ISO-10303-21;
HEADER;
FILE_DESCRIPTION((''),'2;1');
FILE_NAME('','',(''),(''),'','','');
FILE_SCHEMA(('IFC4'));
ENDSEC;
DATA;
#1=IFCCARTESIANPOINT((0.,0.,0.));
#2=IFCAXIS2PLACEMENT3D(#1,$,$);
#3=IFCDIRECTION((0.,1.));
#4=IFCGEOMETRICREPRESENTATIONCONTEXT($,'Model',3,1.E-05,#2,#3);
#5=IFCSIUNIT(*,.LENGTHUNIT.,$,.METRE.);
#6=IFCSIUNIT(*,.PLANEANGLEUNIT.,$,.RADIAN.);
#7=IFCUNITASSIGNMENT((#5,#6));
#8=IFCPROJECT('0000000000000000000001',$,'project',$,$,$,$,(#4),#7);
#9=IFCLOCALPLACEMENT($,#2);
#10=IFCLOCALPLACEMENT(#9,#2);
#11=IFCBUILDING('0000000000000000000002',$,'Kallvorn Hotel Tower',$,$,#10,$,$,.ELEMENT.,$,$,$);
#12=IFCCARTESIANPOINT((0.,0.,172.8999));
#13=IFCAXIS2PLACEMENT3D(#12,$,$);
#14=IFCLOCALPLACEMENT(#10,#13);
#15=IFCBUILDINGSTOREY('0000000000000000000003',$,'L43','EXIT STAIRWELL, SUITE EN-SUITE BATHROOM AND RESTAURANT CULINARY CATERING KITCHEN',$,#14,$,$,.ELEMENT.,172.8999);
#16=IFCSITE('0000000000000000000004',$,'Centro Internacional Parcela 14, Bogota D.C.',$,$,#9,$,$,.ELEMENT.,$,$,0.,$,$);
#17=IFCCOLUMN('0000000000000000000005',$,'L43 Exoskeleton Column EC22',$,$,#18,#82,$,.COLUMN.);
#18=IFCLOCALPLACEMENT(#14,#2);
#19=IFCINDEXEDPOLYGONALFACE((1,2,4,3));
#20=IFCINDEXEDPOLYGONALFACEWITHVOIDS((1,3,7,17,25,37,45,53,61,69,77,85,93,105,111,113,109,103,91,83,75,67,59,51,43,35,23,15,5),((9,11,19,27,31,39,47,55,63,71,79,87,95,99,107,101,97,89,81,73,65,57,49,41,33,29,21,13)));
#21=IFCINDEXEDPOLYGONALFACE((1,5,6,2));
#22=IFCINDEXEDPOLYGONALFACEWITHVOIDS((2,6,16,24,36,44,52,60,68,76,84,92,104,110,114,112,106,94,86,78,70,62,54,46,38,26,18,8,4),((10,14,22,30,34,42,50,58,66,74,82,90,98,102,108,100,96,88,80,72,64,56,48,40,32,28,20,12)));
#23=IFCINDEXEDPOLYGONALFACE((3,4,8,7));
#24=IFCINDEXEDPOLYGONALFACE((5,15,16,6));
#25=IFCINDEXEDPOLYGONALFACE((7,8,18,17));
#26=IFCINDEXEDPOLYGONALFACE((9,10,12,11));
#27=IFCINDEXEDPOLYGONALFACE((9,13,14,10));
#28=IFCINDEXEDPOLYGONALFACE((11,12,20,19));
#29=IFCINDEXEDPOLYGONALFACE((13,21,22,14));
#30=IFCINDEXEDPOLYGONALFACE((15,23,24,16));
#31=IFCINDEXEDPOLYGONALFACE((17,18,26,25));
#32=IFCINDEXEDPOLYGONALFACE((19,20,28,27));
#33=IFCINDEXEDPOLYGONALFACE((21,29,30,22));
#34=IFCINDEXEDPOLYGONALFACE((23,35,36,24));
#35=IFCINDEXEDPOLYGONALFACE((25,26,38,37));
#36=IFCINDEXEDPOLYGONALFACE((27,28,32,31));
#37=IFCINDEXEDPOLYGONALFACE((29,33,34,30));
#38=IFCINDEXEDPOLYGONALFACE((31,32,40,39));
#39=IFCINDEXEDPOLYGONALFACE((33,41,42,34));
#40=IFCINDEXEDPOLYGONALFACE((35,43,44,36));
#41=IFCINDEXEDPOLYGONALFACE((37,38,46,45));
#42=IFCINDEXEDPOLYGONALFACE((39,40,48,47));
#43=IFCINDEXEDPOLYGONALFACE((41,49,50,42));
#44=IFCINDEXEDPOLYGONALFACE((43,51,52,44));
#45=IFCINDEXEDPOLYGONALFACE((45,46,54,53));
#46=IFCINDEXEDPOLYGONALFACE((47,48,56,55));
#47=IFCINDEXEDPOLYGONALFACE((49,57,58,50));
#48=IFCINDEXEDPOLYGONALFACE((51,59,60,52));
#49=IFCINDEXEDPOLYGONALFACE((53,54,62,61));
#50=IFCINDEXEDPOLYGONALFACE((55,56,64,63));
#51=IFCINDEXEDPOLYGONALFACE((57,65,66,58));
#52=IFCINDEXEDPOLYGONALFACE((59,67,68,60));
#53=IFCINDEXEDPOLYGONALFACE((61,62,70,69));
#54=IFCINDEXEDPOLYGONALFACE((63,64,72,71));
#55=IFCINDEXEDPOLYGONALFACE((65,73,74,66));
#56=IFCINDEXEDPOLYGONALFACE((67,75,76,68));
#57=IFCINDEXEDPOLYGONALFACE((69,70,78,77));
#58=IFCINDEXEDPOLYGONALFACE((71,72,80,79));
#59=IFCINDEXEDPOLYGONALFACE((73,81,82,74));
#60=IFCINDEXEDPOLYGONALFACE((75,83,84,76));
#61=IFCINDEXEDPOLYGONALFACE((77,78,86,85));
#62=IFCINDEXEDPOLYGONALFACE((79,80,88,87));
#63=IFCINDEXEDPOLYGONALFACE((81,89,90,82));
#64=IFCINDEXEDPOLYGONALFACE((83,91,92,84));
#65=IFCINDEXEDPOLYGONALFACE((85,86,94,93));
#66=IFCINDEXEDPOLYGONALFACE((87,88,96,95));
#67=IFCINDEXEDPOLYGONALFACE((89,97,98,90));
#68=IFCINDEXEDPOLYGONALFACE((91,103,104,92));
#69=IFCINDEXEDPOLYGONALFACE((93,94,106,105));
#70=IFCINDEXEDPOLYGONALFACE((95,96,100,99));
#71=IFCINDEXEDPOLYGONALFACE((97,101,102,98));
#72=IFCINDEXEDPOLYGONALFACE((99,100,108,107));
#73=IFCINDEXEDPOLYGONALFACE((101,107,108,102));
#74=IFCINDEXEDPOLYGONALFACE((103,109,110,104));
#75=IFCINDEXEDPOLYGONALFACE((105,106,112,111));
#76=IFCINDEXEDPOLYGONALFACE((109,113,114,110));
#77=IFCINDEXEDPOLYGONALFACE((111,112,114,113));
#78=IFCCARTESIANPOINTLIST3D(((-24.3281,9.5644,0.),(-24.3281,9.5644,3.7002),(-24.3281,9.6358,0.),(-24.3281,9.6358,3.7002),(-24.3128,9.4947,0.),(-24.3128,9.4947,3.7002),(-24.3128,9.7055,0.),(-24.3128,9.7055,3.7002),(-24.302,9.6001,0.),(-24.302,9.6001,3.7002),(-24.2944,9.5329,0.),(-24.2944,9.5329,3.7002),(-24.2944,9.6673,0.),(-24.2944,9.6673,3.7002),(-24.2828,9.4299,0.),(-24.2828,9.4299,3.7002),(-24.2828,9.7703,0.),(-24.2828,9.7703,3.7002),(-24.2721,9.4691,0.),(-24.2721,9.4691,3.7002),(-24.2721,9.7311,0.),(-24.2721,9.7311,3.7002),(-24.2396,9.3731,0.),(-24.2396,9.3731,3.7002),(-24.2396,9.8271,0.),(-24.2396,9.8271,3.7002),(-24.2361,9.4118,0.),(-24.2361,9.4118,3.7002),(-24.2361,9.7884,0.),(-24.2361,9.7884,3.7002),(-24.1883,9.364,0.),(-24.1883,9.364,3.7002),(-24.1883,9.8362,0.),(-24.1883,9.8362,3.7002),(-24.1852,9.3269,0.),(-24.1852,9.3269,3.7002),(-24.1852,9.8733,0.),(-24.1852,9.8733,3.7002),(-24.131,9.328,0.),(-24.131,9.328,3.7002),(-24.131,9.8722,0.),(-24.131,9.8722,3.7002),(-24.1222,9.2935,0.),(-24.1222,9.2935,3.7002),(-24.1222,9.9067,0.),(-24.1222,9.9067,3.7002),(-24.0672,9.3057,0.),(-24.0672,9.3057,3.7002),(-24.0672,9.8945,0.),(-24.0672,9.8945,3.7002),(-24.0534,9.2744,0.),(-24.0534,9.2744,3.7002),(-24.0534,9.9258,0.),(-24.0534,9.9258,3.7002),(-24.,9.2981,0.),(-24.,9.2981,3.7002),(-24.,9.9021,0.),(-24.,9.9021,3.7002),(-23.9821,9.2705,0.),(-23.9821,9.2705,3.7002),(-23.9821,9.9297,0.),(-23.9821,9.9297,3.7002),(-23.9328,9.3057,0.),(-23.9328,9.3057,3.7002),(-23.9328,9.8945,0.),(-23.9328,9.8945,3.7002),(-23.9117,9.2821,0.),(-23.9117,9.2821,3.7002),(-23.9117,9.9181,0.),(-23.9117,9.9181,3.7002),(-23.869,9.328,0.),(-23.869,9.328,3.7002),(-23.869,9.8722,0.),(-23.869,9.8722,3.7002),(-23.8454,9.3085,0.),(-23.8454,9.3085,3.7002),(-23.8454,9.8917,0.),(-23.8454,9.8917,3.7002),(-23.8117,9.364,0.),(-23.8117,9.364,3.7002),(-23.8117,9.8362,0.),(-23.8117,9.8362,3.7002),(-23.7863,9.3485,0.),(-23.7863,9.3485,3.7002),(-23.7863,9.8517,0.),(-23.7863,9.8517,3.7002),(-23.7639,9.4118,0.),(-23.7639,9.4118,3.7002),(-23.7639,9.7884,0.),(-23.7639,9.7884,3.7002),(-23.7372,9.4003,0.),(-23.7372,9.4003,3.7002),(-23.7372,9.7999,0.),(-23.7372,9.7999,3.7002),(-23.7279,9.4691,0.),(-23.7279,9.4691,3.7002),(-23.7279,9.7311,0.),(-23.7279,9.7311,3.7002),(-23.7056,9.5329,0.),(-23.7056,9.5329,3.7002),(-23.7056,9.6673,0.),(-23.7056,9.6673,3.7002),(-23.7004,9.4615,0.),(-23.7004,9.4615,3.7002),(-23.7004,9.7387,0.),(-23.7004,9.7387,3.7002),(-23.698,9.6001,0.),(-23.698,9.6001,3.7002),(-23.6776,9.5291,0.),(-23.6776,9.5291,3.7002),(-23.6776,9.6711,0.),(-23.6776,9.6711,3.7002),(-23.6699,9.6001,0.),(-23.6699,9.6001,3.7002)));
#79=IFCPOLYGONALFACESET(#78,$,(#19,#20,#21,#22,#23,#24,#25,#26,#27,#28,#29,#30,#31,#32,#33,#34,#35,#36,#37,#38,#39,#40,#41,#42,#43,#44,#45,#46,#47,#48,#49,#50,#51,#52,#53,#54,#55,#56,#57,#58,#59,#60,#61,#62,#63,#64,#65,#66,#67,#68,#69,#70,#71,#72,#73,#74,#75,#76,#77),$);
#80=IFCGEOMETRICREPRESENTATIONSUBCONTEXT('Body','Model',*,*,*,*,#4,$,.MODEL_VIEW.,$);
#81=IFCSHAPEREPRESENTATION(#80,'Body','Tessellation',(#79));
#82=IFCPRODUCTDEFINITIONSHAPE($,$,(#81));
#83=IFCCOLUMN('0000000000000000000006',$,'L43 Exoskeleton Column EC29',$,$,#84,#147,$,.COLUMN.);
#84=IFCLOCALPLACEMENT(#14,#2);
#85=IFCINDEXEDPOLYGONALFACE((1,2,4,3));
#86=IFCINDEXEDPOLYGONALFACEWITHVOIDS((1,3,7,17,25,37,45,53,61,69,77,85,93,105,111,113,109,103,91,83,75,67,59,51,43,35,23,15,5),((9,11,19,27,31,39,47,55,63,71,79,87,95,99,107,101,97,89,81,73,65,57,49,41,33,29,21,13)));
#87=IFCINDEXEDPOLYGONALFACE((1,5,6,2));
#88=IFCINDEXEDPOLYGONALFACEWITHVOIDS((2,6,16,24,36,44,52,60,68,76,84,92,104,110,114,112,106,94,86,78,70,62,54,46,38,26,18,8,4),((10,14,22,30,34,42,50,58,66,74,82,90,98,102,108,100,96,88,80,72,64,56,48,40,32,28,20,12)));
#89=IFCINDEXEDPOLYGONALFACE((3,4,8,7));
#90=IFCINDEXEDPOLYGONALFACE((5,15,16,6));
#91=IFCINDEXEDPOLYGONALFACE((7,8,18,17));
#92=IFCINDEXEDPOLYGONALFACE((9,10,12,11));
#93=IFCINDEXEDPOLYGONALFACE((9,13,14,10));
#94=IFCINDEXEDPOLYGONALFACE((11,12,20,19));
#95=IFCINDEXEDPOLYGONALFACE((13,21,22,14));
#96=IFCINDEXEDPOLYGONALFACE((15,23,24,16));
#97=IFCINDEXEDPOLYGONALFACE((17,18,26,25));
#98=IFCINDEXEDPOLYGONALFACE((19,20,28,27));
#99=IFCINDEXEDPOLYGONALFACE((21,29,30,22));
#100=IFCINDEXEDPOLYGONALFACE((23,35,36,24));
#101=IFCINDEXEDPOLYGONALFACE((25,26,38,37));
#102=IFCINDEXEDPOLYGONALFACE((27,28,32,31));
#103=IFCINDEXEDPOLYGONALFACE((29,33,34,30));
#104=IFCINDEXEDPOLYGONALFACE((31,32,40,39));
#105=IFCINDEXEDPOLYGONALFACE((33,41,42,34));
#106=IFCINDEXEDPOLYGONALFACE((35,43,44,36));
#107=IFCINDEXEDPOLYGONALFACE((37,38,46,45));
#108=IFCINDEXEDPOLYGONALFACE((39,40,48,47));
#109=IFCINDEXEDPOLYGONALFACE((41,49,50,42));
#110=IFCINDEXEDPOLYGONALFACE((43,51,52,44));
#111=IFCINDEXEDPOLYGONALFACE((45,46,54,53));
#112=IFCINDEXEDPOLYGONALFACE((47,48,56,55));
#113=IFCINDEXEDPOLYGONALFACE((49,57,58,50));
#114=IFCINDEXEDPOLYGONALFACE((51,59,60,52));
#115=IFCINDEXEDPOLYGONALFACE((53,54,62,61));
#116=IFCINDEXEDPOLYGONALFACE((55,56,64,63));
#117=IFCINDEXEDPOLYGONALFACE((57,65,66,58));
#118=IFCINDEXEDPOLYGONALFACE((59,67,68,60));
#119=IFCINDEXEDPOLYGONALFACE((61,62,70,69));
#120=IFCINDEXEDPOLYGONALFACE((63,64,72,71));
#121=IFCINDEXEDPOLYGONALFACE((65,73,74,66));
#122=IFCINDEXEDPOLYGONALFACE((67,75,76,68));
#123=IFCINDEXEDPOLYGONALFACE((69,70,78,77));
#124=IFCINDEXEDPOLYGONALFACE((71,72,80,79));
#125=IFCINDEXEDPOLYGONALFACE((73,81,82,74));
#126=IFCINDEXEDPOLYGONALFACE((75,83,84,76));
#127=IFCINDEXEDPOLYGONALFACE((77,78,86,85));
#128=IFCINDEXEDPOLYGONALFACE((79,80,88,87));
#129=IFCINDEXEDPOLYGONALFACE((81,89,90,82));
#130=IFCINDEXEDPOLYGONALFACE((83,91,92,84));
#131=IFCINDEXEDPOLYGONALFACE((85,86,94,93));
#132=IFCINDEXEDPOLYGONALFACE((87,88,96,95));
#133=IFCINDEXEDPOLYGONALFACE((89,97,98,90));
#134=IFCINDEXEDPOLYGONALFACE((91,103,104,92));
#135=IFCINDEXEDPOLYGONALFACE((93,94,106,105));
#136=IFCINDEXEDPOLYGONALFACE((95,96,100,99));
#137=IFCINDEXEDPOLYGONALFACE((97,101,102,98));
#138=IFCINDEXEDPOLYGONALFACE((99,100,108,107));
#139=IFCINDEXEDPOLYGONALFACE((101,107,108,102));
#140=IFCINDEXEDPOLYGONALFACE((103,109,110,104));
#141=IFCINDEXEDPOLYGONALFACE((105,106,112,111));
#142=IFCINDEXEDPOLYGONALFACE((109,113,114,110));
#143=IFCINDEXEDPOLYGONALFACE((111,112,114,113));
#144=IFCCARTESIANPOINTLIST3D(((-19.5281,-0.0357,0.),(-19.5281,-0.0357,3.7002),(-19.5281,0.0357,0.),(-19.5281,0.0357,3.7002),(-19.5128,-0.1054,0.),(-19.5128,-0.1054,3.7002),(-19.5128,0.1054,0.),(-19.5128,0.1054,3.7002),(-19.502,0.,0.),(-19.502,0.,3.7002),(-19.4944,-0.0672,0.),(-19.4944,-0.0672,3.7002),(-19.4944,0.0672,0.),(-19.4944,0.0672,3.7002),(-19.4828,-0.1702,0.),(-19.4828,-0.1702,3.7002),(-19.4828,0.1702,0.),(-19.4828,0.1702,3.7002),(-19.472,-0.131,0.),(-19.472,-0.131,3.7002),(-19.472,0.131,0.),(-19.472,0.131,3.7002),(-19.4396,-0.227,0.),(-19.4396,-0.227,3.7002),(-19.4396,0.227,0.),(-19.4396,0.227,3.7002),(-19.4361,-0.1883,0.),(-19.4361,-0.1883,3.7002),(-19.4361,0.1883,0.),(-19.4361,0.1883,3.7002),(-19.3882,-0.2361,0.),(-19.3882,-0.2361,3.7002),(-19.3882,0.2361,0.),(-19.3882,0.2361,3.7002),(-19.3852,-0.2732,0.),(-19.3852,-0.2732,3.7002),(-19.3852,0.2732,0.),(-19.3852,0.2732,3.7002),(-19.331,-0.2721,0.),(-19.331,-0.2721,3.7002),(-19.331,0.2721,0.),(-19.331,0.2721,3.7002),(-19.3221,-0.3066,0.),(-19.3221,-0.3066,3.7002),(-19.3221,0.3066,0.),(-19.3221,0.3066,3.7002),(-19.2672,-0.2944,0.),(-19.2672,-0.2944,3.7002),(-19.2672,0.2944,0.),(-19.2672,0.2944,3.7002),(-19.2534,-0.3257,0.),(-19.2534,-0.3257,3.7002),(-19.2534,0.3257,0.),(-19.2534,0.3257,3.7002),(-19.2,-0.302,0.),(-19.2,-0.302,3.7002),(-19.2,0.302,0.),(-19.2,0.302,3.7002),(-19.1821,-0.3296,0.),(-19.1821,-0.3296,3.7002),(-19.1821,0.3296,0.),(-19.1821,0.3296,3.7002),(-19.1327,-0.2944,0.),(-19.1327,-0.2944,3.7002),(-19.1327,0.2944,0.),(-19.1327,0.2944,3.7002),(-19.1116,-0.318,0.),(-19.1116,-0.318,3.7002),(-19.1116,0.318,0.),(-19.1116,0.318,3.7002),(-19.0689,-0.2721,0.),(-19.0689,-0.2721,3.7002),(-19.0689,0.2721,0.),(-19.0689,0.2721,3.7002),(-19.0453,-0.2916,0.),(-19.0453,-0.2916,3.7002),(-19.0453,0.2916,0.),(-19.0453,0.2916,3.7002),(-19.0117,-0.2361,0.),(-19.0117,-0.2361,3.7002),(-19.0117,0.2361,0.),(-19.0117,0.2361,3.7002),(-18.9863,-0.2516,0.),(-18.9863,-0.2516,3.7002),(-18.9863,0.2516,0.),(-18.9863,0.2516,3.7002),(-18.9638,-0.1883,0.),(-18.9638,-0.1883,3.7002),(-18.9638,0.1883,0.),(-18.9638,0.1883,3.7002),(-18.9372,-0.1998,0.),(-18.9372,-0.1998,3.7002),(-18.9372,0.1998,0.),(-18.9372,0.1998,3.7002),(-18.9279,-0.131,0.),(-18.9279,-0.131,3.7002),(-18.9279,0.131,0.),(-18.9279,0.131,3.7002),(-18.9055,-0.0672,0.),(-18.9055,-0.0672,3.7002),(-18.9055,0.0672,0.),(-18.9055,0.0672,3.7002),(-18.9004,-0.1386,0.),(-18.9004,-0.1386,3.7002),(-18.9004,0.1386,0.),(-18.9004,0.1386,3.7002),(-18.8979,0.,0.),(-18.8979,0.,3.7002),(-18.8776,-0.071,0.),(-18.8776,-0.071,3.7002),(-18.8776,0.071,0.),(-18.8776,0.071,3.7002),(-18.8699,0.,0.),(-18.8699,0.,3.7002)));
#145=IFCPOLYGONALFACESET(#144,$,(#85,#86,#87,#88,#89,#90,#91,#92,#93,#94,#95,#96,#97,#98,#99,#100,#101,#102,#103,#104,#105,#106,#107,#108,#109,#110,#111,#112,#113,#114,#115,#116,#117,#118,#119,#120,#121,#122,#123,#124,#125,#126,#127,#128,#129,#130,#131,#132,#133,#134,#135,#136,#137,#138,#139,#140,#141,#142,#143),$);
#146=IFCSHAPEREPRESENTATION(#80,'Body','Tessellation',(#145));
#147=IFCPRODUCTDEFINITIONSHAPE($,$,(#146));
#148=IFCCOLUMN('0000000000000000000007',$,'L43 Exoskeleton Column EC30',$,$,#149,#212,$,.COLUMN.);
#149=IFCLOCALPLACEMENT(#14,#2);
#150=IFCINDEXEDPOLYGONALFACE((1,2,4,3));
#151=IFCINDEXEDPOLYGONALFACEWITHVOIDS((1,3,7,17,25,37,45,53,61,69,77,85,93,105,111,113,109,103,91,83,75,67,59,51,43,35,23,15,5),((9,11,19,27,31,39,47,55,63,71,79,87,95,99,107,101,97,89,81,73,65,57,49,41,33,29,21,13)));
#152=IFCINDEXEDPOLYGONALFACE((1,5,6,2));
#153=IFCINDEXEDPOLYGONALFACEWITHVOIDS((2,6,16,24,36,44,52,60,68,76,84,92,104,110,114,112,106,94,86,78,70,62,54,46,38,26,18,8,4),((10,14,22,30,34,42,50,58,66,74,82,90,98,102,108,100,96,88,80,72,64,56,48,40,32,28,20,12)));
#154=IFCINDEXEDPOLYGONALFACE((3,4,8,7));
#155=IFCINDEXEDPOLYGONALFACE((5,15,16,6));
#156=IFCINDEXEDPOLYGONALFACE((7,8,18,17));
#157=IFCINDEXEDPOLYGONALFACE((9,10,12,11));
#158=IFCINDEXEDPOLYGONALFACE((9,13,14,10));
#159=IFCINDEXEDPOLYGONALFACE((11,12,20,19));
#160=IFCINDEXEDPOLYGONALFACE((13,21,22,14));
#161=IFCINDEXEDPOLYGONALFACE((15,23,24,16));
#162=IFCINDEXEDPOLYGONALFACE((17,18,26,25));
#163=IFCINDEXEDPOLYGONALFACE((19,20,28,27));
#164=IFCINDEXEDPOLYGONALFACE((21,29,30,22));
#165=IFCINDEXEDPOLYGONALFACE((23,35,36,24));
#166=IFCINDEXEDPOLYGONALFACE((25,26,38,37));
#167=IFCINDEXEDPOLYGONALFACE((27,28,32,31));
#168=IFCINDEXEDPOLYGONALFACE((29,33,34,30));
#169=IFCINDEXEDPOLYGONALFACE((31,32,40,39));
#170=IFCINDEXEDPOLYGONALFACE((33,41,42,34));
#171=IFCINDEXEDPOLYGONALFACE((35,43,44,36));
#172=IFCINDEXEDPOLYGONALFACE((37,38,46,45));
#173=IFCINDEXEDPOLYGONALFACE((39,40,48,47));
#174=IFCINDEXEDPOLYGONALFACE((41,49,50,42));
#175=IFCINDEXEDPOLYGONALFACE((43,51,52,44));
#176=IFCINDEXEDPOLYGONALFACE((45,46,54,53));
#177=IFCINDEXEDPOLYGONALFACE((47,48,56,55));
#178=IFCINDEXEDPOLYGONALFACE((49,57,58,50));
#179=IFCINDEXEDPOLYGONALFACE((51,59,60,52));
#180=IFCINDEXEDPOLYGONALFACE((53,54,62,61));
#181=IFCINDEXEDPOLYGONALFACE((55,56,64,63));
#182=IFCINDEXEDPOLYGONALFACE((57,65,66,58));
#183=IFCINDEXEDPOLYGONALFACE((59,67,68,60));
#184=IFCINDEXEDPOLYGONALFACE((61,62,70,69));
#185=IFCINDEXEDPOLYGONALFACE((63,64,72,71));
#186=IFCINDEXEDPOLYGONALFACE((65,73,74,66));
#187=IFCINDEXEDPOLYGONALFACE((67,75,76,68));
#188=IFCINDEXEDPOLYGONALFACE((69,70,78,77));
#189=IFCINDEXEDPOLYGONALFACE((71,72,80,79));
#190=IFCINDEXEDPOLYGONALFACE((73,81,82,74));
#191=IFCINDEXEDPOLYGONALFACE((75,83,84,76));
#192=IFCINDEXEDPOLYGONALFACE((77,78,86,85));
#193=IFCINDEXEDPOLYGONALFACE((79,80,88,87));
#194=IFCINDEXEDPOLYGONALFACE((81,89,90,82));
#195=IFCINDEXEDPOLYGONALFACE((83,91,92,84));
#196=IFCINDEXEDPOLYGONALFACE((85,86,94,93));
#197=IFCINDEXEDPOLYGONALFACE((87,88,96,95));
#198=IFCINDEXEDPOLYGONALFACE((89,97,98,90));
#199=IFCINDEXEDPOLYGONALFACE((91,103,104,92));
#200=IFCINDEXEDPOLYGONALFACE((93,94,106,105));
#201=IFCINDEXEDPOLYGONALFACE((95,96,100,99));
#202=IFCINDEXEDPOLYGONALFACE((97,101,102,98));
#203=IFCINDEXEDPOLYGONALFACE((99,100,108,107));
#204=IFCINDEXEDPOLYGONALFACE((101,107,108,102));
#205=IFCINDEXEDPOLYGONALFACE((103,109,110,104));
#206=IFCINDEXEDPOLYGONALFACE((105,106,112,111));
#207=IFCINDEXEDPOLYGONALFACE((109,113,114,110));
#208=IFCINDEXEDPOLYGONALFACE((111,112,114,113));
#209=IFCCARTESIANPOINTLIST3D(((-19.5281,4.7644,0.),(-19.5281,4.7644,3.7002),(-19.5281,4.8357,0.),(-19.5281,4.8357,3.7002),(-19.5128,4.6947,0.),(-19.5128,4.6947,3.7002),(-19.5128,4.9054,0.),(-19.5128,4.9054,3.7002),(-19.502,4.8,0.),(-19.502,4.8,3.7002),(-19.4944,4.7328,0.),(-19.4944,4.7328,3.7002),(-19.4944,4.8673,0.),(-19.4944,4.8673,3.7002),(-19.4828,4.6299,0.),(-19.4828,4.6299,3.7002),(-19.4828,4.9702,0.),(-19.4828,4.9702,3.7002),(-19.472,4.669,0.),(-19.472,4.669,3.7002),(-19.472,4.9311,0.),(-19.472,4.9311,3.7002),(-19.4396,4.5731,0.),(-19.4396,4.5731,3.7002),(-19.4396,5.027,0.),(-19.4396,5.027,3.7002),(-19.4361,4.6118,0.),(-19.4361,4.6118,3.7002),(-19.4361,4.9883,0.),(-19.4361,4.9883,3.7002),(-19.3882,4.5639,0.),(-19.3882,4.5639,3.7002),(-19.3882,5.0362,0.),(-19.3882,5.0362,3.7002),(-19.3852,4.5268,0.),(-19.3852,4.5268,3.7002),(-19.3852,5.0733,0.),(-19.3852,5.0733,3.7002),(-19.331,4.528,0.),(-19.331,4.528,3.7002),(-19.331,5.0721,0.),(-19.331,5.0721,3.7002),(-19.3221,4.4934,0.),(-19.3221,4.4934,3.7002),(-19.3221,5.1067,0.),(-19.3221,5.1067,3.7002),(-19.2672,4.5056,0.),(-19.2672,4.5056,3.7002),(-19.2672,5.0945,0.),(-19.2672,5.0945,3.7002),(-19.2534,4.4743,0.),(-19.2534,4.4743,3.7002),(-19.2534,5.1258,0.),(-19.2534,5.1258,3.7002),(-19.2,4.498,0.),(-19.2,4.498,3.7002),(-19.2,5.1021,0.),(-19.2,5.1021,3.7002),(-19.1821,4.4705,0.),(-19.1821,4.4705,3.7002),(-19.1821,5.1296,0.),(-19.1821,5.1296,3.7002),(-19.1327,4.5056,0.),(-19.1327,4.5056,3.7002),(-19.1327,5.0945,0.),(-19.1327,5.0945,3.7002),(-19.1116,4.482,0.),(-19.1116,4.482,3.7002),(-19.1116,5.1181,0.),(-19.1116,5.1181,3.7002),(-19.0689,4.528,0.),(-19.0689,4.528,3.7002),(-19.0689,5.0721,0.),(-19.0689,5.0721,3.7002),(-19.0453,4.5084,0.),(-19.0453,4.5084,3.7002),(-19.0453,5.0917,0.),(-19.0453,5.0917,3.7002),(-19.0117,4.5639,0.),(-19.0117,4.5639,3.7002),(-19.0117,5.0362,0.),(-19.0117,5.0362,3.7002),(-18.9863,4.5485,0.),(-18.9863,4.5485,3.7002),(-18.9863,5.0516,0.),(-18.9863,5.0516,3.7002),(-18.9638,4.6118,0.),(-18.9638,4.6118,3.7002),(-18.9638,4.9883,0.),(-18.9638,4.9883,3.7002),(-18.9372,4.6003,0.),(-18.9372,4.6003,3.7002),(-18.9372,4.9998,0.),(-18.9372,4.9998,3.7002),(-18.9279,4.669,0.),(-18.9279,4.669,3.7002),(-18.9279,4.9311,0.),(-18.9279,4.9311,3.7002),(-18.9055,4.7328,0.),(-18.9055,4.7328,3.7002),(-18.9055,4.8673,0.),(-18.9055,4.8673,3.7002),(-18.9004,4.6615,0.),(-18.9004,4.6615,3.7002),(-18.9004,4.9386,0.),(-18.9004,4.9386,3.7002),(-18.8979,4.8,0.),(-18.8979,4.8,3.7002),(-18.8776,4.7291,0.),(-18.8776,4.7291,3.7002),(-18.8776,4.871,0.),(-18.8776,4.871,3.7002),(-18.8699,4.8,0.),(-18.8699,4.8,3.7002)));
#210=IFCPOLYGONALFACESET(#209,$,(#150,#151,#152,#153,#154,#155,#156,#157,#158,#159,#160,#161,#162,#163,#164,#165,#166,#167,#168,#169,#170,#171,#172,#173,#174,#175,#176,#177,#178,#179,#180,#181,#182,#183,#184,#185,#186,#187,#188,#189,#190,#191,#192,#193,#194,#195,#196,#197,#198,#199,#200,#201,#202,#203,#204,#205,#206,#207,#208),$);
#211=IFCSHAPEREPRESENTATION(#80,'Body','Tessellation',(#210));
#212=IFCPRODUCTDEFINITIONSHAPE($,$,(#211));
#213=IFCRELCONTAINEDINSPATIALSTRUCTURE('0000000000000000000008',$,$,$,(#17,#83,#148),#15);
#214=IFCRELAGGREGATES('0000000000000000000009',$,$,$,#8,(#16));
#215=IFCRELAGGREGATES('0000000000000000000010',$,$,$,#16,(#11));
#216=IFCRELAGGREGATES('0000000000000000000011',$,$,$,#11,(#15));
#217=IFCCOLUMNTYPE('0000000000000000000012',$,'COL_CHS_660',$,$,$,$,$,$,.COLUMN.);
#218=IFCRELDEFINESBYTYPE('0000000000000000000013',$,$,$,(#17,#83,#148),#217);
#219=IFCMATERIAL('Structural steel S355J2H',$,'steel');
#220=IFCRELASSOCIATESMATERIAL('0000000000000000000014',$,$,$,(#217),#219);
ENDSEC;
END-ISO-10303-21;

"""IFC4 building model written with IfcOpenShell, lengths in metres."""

from ifc_helpers import new_model, si_unit, direction, frame, origin, origin_2d, place, context, subcontext, project, spatial, hollow_circle, extrude, material, material_profile, profile_set, type_object, element, save


model = new_model("IFC4")

# Units and contexts
model_context = context("Model", 3, precision=1e-05, world=origin(), true_north=direction((0.0, 1.0)))
body_context = subcontext(model_context, "Body", "Model", "MODEL_VIEW")
ifc_project = project(units=[si_unit("LENGTHUNIT", "METRE"), si_unit("PLANEANGLEUNIT", "RADIAN")], contexts=[model_context])

# Site, building, storey
site_placement = place(None, origin())
site = spatial("IfcSite", under=ifc_project, at=site_placement, Name="Centro Internacional Parcela 14, Bogota D.C.", CompositionType="ELEMENT", RefElevation=0.0)
building_placement = place(site_placement, origin())
building = spatial("IfcBuilding", under=site, at=building_placement, Name="Kallvorn Hotel Tower", CompositionType="ELEMENT")
storey_placement = place(building_placement, frame((0.0, 0.0, 172.8999)))
storey = spatial("IfcBuildingStorey", under=building, at=storey_placement, Name="L43", Description="EXIT STAIRWELL, SUITE EN-SUITE BATHROOM AND RESTAURANT CULINARY CATERING KITCHEN", CompositionType="ELEMENT", Elevation=172.8999)

# Columns
ifc_material_1 = material(Name="Structural steel S355J2H", Category="steel")
ifc_material_profile_1 = material_profile(ifc_material_1, hollow_circle(Radius=0.3301, WallThickness=0.0281, at=origin_2d()), Name="CHS 660x28")
ifc_profile_set_1 = profile_set([ifc_material_profile_1], Name="Structural steel S355J2H")
column_type_1 = type_object("IfcColumnType", Name="COL_CHS_660", PredefinedType="COLUMN", material=ifc_profile_set_1)
for number, where, z_axis, x_axis, name in (
    (1, (-24.0, 9.6001, 0.0), (0.0, 0.0, 1.0), (1.0, 0.0, 0.0), "L43 Exoskeleton Column EC22"),
    (2, (-19.2, 0.0, 0.0), (0.0, 0.0, 1.0), (1.0, 0.0, 0.0), "L43 Exoskeleton Column EC29"),
    (3, (-19.2, 4.8, 0.0), (0.0, 0.0, 1.0), (1.0, 0.0, 0.0), "L43 Exoskeleton Column EC30"),
):
    element("IfcColumn", number, at=place(storey_placement, frame(where, z_axis=z_axis, x_axis=x_axis)), inside=storey, type_object=column_type_1, Name=name, PredefinedType="COLUMN", context=body_context, shape_type="SweptSolid", body=[
        extrude(hollow_circle(Radius=0.3301, WallThickness=0.0281, at=origin_2d()), origin(), (0.0, 0.0, 1.0), 3.7002),
    ])

save(model, "model.ifc")
